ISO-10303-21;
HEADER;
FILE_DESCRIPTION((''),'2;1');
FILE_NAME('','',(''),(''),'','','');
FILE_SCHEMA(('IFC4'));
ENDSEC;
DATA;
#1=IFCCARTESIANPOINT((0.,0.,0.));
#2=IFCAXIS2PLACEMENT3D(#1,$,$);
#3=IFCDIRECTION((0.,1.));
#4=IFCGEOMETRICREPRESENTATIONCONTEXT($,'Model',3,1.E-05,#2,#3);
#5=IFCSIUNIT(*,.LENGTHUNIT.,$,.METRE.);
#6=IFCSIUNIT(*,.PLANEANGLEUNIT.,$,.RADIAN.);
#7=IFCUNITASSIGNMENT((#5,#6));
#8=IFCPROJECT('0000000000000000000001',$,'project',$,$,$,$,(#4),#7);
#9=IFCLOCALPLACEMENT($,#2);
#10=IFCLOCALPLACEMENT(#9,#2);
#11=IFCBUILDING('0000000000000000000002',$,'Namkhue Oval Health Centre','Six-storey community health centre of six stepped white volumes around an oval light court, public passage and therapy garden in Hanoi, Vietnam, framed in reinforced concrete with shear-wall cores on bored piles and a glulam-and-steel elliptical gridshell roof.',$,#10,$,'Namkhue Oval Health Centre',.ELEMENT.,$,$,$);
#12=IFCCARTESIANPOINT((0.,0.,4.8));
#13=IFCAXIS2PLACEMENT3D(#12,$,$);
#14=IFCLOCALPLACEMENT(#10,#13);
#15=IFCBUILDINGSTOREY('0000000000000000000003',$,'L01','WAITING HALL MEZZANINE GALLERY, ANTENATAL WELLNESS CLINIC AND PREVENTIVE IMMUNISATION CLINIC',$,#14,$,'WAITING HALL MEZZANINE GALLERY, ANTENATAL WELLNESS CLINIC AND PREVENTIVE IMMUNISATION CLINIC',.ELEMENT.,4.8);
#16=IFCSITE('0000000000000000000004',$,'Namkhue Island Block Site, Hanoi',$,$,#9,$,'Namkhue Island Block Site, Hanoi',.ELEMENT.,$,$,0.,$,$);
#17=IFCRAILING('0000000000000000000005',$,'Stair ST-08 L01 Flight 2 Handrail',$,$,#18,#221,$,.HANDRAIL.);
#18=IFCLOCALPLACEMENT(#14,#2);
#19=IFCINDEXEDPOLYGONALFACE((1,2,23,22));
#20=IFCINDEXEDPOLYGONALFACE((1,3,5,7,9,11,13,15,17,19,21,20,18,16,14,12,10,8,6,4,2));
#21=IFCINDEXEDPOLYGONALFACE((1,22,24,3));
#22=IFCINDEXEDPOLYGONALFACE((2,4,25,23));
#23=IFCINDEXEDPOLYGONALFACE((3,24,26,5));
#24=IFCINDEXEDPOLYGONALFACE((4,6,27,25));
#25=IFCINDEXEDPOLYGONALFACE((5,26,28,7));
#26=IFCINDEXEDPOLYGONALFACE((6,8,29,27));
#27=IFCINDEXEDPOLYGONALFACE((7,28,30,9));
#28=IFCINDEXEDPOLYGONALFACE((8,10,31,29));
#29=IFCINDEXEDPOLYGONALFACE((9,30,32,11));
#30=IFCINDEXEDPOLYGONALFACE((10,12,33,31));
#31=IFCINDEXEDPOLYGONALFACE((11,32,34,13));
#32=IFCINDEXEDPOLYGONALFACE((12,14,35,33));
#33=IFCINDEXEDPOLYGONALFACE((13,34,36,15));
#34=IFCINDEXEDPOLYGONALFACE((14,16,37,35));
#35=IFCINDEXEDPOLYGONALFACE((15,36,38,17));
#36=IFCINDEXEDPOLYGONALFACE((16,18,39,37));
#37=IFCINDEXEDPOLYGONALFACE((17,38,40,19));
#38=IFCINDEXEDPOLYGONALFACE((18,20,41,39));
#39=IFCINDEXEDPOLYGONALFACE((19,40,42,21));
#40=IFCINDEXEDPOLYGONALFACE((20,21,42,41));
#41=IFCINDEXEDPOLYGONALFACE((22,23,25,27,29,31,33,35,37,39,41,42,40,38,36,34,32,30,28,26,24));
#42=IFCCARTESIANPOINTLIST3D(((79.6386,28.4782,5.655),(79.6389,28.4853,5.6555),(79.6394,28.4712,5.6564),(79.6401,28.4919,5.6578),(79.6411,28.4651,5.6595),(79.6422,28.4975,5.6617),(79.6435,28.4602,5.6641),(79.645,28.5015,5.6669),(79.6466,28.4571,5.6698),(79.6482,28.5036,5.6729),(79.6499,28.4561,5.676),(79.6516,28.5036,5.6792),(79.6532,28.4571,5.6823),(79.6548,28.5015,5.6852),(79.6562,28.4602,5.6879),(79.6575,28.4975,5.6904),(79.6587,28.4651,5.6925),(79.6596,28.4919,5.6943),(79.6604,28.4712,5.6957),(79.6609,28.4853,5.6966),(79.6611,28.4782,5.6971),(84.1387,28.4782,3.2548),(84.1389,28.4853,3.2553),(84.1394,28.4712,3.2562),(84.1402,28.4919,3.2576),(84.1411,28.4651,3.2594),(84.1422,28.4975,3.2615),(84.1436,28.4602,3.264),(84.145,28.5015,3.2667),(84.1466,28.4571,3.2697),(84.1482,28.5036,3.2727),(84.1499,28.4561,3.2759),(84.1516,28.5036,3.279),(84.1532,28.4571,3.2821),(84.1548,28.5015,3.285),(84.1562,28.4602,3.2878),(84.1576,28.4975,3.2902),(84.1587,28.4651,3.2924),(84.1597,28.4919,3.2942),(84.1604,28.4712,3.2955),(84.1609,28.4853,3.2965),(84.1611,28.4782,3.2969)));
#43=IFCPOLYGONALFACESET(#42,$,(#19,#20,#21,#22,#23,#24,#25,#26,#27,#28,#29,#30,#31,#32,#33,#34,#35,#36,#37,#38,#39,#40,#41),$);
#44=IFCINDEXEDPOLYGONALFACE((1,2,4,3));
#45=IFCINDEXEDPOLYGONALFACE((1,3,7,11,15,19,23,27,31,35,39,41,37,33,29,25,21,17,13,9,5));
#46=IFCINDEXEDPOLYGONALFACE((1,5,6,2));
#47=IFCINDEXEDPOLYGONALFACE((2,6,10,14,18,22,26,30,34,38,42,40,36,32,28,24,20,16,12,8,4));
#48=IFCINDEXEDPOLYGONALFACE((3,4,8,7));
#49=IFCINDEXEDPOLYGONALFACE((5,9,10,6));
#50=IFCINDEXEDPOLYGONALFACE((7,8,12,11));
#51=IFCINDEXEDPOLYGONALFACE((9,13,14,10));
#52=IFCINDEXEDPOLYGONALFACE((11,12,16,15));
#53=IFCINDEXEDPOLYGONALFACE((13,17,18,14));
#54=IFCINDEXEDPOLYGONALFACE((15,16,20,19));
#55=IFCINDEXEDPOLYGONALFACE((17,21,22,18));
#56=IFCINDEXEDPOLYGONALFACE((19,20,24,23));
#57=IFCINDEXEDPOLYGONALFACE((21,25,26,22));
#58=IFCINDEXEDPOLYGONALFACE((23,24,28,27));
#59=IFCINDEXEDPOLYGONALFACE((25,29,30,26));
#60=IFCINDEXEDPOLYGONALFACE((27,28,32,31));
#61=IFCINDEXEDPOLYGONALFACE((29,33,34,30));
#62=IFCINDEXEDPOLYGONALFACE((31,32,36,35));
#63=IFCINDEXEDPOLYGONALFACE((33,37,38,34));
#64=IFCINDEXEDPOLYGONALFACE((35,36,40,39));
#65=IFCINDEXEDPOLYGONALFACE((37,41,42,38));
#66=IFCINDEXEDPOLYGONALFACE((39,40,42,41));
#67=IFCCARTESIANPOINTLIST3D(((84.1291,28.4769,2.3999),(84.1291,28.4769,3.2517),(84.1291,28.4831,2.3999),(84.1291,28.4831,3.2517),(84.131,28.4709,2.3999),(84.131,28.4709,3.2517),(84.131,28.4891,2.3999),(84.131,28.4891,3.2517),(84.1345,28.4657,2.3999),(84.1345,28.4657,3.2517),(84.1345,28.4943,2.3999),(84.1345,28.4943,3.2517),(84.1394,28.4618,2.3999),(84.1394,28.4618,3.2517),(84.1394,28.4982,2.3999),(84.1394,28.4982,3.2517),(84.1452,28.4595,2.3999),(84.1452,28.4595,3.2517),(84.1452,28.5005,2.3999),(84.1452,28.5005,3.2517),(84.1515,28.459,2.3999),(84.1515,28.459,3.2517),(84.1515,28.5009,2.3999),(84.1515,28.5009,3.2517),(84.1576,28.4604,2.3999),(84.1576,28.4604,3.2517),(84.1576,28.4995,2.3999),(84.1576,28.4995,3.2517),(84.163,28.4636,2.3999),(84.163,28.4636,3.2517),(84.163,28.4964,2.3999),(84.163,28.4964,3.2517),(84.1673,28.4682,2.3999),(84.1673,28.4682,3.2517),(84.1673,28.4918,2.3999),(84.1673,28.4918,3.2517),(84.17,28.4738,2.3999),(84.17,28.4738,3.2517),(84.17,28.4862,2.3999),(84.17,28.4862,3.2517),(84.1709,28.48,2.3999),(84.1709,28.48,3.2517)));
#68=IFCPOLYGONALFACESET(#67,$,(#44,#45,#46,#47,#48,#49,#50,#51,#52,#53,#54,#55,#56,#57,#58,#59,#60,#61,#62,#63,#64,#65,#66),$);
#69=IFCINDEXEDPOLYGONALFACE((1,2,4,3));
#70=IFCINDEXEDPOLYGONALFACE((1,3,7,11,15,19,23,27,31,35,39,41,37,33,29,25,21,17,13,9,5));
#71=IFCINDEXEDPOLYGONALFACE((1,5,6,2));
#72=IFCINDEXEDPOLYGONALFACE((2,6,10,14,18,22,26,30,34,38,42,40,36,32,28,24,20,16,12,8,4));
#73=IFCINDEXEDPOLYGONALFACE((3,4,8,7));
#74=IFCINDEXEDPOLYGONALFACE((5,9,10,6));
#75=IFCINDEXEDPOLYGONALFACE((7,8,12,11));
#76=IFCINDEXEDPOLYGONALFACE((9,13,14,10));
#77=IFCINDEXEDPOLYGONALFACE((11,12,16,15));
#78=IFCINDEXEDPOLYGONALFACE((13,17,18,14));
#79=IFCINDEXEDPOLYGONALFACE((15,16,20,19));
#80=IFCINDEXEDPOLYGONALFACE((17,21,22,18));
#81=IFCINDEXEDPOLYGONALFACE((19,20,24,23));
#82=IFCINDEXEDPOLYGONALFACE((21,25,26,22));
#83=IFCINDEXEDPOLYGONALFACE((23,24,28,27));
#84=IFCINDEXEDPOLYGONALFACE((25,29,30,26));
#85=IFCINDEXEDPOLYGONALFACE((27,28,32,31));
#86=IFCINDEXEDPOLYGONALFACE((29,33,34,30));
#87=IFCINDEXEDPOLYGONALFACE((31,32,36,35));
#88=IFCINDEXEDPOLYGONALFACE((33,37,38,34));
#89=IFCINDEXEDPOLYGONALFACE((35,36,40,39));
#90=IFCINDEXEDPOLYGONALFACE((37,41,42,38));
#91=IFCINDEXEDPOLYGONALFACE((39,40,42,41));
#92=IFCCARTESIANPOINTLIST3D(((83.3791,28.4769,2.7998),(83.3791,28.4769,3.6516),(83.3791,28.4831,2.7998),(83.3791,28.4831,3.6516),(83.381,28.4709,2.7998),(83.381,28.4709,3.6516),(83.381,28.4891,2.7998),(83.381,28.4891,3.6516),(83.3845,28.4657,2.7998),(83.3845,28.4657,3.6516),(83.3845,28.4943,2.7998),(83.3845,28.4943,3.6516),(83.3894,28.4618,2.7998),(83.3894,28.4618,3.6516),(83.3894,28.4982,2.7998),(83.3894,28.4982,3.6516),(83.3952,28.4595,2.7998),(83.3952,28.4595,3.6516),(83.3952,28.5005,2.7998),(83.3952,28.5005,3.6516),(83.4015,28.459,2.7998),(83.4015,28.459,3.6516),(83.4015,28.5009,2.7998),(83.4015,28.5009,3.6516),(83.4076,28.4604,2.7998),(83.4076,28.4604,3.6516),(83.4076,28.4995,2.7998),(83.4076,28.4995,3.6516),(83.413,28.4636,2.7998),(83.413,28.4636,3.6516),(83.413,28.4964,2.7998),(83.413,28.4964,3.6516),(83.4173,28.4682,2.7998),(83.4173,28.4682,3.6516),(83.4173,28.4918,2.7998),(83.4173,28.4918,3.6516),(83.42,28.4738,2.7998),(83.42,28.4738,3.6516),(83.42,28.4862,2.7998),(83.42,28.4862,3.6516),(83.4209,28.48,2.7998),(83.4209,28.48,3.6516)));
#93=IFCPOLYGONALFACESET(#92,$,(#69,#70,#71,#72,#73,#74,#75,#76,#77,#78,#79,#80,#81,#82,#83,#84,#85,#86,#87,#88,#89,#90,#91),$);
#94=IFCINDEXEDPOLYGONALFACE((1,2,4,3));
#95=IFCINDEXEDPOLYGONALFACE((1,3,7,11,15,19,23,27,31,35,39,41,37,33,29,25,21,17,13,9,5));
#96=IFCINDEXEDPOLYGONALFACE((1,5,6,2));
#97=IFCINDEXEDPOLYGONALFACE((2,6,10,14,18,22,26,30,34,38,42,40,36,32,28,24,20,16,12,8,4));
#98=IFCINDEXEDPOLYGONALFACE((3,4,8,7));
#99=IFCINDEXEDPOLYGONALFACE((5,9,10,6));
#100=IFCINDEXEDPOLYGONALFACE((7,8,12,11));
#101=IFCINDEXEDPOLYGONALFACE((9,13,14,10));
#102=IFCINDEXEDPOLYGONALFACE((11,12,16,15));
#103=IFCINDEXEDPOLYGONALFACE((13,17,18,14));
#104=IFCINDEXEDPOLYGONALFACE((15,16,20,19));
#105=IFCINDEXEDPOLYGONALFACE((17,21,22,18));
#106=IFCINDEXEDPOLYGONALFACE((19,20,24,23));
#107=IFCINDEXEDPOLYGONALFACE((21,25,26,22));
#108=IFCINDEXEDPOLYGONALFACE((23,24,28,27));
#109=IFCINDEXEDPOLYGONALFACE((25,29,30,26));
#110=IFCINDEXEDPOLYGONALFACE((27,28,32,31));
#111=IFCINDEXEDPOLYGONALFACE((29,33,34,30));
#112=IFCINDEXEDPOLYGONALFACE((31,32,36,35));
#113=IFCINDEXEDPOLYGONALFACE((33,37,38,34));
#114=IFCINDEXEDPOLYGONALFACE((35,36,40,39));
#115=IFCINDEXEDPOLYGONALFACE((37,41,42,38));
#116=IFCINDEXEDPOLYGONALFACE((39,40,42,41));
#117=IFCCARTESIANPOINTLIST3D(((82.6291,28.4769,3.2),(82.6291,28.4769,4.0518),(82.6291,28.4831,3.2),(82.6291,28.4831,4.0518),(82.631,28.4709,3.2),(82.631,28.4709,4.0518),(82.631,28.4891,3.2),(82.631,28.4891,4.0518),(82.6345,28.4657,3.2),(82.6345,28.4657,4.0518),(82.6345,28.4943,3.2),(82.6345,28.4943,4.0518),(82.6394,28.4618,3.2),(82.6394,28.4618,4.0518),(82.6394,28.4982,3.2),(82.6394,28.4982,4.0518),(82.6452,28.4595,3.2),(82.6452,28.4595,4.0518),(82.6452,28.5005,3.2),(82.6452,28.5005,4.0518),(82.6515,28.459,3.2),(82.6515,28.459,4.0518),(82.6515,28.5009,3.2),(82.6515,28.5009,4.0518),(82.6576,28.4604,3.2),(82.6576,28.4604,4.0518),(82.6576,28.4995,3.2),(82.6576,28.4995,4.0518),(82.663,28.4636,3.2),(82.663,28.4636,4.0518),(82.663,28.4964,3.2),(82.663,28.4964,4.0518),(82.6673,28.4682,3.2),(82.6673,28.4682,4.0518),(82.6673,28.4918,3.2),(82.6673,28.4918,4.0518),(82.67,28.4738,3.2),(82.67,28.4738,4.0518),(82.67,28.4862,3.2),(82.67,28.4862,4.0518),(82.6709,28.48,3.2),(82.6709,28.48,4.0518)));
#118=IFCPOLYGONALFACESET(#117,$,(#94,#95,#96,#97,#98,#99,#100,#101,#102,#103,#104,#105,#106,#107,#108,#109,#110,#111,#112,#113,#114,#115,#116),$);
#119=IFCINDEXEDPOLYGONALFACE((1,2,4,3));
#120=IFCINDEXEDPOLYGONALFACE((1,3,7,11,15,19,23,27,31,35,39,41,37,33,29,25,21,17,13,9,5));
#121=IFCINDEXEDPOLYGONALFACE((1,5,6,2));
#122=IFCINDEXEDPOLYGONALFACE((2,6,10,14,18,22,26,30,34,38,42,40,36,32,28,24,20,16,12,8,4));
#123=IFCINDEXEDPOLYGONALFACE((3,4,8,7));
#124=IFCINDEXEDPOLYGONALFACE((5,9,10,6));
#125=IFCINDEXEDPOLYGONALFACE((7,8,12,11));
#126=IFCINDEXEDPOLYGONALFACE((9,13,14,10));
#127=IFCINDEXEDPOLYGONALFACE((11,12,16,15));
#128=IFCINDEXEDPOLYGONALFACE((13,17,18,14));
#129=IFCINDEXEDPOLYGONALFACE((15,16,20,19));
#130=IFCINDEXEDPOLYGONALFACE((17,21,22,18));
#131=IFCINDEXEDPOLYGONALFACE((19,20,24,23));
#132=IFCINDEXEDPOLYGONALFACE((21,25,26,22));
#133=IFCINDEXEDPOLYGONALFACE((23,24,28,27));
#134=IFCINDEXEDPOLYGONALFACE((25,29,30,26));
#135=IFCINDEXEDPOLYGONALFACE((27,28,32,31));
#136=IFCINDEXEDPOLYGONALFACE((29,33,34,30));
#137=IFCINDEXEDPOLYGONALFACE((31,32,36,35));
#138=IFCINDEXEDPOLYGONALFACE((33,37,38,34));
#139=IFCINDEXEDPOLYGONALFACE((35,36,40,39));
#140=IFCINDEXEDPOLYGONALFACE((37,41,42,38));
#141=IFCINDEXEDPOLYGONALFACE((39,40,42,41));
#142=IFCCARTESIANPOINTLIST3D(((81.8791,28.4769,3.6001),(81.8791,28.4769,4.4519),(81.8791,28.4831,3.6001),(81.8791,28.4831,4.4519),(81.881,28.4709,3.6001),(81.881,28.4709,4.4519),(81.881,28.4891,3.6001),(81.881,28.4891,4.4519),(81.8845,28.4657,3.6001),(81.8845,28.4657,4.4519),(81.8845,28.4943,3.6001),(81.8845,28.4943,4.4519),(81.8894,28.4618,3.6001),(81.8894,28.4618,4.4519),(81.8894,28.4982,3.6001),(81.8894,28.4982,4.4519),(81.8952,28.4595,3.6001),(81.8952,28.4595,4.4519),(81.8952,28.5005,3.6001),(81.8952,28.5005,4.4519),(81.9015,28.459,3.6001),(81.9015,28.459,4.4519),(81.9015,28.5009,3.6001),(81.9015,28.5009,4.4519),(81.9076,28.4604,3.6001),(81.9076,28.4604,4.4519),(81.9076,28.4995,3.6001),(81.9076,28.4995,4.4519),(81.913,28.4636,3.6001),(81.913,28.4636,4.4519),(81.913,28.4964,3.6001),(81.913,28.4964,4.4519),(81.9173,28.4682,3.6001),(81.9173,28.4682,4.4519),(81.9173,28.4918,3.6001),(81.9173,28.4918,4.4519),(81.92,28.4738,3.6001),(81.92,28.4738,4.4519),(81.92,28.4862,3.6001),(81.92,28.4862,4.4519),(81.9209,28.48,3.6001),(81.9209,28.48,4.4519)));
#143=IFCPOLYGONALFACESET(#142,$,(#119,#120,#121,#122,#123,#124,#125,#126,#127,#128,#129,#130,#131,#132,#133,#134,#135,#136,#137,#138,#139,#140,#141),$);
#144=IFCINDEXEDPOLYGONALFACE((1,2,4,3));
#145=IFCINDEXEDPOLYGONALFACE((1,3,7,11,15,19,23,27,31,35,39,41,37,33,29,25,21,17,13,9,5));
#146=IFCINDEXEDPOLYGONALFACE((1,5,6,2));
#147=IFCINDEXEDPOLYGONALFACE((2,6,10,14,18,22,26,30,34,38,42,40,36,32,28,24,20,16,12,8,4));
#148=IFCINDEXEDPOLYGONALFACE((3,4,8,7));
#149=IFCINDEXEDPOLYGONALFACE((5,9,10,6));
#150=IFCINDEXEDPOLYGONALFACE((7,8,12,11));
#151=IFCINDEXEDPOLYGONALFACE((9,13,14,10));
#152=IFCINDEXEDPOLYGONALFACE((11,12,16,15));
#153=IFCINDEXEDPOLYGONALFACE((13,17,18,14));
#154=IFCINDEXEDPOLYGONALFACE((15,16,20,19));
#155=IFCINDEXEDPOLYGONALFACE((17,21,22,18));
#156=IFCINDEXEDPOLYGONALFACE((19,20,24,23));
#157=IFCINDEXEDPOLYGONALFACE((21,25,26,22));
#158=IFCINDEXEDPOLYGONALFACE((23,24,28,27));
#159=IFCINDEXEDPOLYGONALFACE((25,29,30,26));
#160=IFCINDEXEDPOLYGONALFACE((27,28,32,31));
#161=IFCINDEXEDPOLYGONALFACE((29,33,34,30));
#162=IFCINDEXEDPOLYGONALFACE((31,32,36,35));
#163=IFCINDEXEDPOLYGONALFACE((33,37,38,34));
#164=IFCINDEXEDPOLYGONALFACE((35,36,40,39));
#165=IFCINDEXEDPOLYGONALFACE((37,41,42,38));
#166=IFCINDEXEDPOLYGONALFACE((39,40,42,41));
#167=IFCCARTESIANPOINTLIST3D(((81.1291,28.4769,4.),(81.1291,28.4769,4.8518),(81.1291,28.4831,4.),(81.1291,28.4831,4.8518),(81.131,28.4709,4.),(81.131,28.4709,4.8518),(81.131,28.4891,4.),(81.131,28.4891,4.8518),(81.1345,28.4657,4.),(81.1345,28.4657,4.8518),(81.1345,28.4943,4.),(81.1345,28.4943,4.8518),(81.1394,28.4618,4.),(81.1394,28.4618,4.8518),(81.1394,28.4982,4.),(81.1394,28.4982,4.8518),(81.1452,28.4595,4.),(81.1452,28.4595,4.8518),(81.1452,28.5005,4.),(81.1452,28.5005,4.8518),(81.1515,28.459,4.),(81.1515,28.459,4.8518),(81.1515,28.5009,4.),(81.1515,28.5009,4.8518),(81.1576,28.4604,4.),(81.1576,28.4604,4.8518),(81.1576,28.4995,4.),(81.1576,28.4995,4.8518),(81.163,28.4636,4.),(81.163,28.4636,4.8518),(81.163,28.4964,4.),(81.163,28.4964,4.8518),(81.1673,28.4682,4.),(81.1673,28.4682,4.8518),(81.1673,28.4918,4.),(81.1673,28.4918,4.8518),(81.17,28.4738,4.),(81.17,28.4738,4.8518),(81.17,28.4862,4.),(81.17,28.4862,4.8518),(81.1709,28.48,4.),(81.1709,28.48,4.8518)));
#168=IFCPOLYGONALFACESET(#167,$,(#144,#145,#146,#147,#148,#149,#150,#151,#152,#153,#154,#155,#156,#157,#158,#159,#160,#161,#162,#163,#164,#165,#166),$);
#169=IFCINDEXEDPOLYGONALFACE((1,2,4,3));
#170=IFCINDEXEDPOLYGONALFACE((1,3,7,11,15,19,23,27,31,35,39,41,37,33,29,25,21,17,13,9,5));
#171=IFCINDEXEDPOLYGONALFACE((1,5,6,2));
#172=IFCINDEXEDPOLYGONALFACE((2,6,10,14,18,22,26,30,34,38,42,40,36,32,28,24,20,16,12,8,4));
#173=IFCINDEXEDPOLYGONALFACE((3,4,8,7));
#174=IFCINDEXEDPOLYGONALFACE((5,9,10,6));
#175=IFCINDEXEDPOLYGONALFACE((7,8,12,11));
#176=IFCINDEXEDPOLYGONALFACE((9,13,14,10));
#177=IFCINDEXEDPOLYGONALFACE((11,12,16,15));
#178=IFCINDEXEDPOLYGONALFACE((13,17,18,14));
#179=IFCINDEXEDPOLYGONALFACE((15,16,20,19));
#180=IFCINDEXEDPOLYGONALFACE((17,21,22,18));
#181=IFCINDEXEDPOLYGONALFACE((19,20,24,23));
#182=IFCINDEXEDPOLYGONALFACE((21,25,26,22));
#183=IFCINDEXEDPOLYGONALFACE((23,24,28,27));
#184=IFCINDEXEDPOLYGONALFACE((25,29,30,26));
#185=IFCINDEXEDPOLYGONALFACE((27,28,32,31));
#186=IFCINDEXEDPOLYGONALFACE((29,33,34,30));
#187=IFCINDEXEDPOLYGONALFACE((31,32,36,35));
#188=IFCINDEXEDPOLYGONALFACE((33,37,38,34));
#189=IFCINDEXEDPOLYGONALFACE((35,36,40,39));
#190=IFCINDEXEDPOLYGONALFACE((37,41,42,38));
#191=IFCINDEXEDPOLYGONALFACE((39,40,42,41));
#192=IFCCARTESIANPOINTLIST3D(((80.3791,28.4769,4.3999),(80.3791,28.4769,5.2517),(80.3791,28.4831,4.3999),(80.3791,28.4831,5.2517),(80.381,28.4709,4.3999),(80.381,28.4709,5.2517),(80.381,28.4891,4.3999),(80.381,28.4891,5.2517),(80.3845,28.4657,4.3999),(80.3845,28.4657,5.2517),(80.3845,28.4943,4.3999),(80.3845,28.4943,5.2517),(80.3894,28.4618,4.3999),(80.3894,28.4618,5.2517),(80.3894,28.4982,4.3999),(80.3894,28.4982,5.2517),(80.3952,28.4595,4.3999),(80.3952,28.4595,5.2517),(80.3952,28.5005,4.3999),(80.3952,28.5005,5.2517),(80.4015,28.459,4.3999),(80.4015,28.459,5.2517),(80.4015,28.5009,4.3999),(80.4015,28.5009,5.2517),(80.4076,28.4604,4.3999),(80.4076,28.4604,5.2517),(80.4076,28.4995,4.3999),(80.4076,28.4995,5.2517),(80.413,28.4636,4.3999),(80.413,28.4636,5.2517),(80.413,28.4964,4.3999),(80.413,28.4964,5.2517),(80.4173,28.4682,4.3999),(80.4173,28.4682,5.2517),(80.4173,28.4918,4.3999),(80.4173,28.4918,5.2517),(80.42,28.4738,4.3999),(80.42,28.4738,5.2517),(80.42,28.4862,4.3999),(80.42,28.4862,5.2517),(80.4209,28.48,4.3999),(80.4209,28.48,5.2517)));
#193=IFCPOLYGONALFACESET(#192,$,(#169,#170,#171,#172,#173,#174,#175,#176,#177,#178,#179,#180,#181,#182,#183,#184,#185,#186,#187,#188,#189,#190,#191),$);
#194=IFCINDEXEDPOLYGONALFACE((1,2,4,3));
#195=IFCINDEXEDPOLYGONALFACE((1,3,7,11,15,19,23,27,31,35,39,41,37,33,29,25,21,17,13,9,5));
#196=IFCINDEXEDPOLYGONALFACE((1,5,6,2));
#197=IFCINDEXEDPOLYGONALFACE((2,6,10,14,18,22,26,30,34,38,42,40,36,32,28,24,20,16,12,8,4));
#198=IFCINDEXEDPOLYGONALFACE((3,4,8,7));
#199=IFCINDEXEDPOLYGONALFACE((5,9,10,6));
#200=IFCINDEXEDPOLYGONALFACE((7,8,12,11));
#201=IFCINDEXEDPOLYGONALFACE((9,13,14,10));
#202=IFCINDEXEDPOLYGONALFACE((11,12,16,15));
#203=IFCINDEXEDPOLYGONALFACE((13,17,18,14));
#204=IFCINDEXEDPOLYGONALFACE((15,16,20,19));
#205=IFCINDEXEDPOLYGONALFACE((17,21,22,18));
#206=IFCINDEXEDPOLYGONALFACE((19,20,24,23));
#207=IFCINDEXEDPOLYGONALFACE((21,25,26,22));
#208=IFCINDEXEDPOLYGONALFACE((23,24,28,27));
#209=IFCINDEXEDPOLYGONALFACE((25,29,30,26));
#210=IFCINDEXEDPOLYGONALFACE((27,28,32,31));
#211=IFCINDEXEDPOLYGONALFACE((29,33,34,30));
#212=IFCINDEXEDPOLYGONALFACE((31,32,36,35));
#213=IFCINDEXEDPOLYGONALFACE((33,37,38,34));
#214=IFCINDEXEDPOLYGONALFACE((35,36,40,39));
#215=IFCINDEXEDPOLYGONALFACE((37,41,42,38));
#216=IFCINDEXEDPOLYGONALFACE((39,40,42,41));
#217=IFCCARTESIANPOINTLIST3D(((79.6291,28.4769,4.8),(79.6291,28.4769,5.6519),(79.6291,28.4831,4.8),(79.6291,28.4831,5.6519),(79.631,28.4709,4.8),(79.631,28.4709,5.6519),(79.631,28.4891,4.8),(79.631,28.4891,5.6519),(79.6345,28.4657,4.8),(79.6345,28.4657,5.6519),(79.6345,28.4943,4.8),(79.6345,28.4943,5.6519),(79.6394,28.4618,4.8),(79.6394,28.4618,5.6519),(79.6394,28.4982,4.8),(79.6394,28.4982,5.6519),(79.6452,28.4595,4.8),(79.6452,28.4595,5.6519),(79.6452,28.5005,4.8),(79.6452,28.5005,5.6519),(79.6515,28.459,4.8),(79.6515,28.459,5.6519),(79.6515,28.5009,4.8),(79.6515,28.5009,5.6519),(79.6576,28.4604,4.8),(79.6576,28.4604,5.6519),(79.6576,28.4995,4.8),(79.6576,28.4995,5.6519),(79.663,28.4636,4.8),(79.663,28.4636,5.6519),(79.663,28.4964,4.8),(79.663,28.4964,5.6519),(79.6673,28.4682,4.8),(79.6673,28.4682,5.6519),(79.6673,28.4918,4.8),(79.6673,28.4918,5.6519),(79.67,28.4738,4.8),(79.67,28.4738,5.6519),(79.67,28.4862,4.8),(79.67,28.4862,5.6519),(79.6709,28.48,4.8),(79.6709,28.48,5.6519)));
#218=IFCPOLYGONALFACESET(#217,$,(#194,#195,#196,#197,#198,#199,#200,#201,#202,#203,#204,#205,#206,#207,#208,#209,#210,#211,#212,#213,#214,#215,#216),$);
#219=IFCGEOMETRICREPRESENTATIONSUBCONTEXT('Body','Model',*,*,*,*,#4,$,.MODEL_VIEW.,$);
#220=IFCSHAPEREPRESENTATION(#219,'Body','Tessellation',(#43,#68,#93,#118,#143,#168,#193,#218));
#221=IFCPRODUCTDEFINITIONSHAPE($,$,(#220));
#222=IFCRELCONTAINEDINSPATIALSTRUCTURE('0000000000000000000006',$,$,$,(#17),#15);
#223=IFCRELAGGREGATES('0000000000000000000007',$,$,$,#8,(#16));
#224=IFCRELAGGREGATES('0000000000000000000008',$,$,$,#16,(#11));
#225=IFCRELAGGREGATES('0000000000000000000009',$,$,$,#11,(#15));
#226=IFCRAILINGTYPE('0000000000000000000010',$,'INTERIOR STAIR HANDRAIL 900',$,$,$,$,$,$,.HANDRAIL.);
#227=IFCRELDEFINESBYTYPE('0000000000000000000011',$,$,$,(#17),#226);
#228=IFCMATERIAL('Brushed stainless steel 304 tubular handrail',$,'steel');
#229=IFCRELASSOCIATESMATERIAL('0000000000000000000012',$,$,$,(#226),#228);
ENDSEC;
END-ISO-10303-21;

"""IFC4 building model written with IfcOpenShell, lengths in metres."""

from ifc_helpers import new_model, si_unit, direction, frame, origin, origin_2d, place, context, subcontext, project, spatial, circle, extrude, material, type_object, element, save


model = new_model("IFC4")

# Units and contexts
model_context = context("Model", 3, precision=1e-05, world=origin(), true_north=direction((0.0, 1.0)))
body_context = subcontext(model_context, "Body", "Model", "MODEL_VIEW")
ifc_project = project(units=[si_unit("LENGTHUNIT", "METRE"), si_unit("PLANEANGLEUNIT", "RADIAN")], contexts=[model_context])

# Site, building, storey
site_placement = place(None, origin())
site = spatial("IfcSite", under=ifc_project, at=site_placement, Name="Namkhue Island Block Site, Hanoi", LongName="Namkhue Island Block Site, Hanoi", CompositionType="ELEMENT", RefElevation=0.0)
building_placement = place(site_placement, origin())
building = spatial("IfcBuilding", under=site, at=building_placement, Name="Namkhue Oval Health Centre", Description="Six-storey community health centre of six stepped white volumes around an oval light court, public passage and therapy garden in Hanoi, Vietnam, framed in reinforced concrete with shear-wall cores on bored piles and a glulam-and-steel elliptical gridshell roof.", LongName="Namkhue Oval Health Centre", CompositionType="ELEMENT")
storey_placement = place(building_placement, frame((0.0, 0.0, 4.8)))
storey = spatial("IfcBuildingStorey", under=building, at=storey_placement, Name="L01", Description="WAITING HALL MEZZANINE GALLERY, ANTENATAL WELLNESS CLINIC AND PREVENTIVE IMMUNISATION CLINIC", LongName="WAITING HALL MEZZANINE GALLERY, ANTENATAL WELLNESS CLINIC AND PREVENTIVE IMMUNISATION CLINIC", CompositionType="ELEMENT", Elevation=4.8)

# Railing
ifc_material_1 = material(Name="Brushed stainless steel 304 tubular handrail", Category="steel")
railing_type_1 = type_object("IfcRailingType", Name="INTERIOR STAIR HANDRAIL 900", PredefinedType="HANDRAIL", material=ifc_material_1)
railing_1_placement = place(storey_placement, frame((84.1499, 28.48, 2.3999)))
element("IfcRailing", 1, at=railing_1_placement, inside=storey, type_object=railing_type_1, Name="Stair ST-08 L01 Flight 2 Handrail", PredefinedType="HANDRAIL", context=body_context, shape_type="SweptSolid", body=[
    extrude(circle(Radius=0.0239, at=origin_2d()), frame((0.0, 0.0, 0.876), z_axis=(-0.882341, 0.0, 0.470611), x_axis=(0.0, -1.0, 0.0)), (0.0, 0.0, 1.0), 5.1001),
    extrude(circle(Radius=0.021, at=origin_2d()), origin(), (0.0, 0.0, 1.0), 0.8518),
    extrude(circle(Radius=0.021, at=origin_2d()), frame((-0.75, 0.0, 0.3999)), (0.0, 0.0, 1.0), 0.8518),
    extrude(circle(Radius=0.021, at=origin_2d()), frame((-1.5, 0.0, 0.8)), (0.0, 0.0, 1.0), 0.8518),
    extrude(circle(Radius=0.021, at=origin_2d()), frame((-2.25, 0.0, 1.2002)), (0.0, 0.0, 1.0), 0.8518),
    extrude(circle(Radius=0.021, at=origin_2d()), frame((-3.0, 0.0, 1.6001)), (0.0, 0.0, 1.0), 0.8518),
    extrude(circle(Radius=0.021, at=origin_2d()), frame((-3.75, 0.0, 2.0)), (0.0, 0.0, 1.0), 0.8518),
    extrude(circle(Radius=0.021, at=origin_2d()), frame((-4.5, 0.0, 2.4001)), (0.0, 0.0, 1.0), 0.8518),
])

save(model, "model.ifc")
